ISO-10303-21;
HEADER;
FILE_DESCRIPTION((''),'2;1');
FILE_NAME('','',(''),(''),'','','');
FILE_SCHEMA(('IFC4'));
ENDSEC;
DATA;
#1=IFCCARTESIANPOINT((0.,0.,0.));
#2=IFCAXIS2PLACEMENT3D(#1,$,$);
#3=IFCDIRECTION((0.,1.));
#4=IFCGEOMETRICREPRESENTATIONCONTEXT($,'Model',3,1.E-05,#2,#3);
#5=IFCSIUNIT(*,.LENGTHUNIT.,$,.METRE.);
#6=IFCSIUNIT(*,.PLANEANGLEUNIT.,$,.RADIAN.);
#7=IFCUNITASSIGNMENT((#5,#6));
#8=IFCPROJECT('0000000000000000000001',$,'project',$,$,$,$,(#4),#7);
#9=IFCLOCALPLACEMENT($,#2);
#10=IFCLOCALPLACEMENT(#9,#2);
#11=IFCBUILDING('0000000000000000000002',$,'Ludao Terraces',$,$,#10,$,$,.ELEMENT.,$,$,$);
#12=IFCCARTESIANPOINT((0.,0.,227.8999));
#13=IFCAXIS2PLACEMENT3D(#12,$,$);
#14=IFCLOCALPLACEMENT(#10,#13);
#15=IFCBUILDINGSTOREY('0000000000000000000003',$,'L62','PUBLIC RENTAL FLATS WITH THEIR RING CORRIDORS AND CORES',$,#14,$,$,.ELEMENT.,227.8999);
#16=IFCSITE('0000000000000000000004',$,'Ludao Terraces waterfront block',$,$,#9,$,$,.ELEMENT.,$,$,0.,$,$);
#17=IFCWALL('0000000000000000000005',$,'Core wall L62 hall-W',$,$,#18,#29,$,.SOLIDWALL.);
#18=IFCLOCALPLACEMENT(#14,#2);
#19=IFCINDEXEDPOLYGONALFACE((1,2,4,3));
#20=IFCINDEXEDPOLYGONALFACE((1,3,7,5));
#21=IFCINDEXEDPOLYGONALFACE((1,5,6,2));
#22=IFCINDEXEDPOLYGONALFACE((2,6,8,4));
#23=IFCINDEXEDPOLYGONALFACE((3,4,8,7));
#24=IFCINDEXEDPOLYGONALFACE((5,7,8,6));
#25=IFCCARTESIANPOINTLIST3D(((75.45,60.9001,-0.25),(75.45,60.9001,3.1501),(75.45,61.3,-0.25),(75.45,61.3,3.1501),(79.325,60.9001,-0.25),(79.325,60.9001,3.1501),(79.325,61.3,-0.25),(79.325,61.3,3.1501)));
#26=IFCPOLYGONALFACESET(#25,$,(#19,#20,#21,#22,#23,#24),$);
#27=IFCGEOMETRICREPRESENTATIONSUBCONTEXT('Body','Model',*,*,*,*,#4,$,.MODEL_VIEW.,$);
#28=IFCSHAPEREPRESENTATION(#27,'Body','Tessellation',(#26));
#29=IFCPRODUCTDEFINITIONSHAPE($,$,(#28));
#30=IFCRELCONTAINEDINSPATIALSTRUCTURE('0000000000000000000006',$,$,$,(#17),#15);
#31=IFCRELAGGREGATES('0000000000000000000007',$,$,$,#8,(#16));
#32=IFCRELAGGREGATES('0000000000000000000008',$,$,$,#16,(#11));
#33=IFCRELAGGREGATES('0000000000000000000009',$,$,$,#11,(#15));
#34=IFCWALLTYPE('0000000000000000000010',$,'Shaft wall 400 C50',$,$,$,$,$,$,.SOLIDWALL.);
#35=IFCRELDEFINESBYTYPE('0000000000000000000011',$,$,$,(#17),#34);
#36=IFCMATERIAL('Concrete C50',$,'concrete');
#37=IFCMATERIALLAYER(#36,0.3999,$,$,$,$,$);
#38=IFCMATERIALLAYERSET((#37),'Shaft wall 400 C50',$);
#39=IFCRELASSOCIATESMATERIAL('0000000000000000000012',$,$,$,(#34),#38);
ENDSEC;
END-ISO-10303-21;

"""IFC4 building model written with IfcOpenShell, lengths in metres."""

from ifc_helpers import new_model, si_unit, direction, frame, frame_2d, origin, place, context, subcontext, project, spatial, rectangle, extrude, material, layer, layer_set, type_object, element, save


model = new_model("IFC4")

# Units and contexts
model_context = context("Model", 3, precision=1e-05, world=origin(), true_north=direction((0.0, 1.0)))
body_context = subcontext(model_context, "Body", "Model", "MODEL_VIEW")
ifc_project = project(units=[si_unit("LENGTHUNIT", "METRE"), si_unit("PLANEANGLEUNIT", "RADIAN")], contexts=[model_context])

# Site, building, storey
site_placement = place(None, origin())
site = spatial("IfcSite", under=ifc_project, at=site_placement, Name="Ludao Terraces waterfront block", CompositionType="ELEMENT", RefElevation=0.0)
building_placement = place(site_placement, origin())
building = spatial("IfcBuilding", under=site, at=building_placement, Name="Ludao Terraces", CompositionType="ELEMENT")
storey_placement = place(building_placement, frame((0.0, 0.0, 227.8999)))
storey = spatial("IfcBuildingStorey", under=building, at=storey_placement, Name="L62", Description="PUBLIC RENTAL FLATS WITH THEIR RING CORRIDORS AND CORES", CompositionType="ELEMENT", Elevation=227.8999)

# Wall
ifc_material_1 = material(Name="Concrete C50", Category="concrete")
ifc_layer_1 = layer(ifc_material_1, 0.3999)
ifc_layer_set_1 = layer_set([ifc_layer_1], Name="Shaft wall 400 C50")
wall_type_1 = type_object("IfcWallType", Name="Shaft wall 400 C50", PredefinedType="SOLIDWALL", material=ifc_layer_set_1)
wall_1_placement = place(storey_placement, frame((75.45, 61.1001, -0.25), z_axis=(0.0, 0.0, 1.0), x_axis=(1.0, 0.0, 0.0)))
element("IfcWall", 1, at=wall_1_placement, inside=storey, type_object=wall_type_1, Name="Core wall L62 hall-W", PredefinedType="SOLIDWALL", context=body_context, shape_type="SweptSolid", body=[
    extrude(rectangle(XDim=3.875, YDim=0.3999, at=frame_2d((1.9375, 0.0))), origin(), (0.0, 0.0, 1.0), 3.4001),
])

save(model, "model.ifc")
